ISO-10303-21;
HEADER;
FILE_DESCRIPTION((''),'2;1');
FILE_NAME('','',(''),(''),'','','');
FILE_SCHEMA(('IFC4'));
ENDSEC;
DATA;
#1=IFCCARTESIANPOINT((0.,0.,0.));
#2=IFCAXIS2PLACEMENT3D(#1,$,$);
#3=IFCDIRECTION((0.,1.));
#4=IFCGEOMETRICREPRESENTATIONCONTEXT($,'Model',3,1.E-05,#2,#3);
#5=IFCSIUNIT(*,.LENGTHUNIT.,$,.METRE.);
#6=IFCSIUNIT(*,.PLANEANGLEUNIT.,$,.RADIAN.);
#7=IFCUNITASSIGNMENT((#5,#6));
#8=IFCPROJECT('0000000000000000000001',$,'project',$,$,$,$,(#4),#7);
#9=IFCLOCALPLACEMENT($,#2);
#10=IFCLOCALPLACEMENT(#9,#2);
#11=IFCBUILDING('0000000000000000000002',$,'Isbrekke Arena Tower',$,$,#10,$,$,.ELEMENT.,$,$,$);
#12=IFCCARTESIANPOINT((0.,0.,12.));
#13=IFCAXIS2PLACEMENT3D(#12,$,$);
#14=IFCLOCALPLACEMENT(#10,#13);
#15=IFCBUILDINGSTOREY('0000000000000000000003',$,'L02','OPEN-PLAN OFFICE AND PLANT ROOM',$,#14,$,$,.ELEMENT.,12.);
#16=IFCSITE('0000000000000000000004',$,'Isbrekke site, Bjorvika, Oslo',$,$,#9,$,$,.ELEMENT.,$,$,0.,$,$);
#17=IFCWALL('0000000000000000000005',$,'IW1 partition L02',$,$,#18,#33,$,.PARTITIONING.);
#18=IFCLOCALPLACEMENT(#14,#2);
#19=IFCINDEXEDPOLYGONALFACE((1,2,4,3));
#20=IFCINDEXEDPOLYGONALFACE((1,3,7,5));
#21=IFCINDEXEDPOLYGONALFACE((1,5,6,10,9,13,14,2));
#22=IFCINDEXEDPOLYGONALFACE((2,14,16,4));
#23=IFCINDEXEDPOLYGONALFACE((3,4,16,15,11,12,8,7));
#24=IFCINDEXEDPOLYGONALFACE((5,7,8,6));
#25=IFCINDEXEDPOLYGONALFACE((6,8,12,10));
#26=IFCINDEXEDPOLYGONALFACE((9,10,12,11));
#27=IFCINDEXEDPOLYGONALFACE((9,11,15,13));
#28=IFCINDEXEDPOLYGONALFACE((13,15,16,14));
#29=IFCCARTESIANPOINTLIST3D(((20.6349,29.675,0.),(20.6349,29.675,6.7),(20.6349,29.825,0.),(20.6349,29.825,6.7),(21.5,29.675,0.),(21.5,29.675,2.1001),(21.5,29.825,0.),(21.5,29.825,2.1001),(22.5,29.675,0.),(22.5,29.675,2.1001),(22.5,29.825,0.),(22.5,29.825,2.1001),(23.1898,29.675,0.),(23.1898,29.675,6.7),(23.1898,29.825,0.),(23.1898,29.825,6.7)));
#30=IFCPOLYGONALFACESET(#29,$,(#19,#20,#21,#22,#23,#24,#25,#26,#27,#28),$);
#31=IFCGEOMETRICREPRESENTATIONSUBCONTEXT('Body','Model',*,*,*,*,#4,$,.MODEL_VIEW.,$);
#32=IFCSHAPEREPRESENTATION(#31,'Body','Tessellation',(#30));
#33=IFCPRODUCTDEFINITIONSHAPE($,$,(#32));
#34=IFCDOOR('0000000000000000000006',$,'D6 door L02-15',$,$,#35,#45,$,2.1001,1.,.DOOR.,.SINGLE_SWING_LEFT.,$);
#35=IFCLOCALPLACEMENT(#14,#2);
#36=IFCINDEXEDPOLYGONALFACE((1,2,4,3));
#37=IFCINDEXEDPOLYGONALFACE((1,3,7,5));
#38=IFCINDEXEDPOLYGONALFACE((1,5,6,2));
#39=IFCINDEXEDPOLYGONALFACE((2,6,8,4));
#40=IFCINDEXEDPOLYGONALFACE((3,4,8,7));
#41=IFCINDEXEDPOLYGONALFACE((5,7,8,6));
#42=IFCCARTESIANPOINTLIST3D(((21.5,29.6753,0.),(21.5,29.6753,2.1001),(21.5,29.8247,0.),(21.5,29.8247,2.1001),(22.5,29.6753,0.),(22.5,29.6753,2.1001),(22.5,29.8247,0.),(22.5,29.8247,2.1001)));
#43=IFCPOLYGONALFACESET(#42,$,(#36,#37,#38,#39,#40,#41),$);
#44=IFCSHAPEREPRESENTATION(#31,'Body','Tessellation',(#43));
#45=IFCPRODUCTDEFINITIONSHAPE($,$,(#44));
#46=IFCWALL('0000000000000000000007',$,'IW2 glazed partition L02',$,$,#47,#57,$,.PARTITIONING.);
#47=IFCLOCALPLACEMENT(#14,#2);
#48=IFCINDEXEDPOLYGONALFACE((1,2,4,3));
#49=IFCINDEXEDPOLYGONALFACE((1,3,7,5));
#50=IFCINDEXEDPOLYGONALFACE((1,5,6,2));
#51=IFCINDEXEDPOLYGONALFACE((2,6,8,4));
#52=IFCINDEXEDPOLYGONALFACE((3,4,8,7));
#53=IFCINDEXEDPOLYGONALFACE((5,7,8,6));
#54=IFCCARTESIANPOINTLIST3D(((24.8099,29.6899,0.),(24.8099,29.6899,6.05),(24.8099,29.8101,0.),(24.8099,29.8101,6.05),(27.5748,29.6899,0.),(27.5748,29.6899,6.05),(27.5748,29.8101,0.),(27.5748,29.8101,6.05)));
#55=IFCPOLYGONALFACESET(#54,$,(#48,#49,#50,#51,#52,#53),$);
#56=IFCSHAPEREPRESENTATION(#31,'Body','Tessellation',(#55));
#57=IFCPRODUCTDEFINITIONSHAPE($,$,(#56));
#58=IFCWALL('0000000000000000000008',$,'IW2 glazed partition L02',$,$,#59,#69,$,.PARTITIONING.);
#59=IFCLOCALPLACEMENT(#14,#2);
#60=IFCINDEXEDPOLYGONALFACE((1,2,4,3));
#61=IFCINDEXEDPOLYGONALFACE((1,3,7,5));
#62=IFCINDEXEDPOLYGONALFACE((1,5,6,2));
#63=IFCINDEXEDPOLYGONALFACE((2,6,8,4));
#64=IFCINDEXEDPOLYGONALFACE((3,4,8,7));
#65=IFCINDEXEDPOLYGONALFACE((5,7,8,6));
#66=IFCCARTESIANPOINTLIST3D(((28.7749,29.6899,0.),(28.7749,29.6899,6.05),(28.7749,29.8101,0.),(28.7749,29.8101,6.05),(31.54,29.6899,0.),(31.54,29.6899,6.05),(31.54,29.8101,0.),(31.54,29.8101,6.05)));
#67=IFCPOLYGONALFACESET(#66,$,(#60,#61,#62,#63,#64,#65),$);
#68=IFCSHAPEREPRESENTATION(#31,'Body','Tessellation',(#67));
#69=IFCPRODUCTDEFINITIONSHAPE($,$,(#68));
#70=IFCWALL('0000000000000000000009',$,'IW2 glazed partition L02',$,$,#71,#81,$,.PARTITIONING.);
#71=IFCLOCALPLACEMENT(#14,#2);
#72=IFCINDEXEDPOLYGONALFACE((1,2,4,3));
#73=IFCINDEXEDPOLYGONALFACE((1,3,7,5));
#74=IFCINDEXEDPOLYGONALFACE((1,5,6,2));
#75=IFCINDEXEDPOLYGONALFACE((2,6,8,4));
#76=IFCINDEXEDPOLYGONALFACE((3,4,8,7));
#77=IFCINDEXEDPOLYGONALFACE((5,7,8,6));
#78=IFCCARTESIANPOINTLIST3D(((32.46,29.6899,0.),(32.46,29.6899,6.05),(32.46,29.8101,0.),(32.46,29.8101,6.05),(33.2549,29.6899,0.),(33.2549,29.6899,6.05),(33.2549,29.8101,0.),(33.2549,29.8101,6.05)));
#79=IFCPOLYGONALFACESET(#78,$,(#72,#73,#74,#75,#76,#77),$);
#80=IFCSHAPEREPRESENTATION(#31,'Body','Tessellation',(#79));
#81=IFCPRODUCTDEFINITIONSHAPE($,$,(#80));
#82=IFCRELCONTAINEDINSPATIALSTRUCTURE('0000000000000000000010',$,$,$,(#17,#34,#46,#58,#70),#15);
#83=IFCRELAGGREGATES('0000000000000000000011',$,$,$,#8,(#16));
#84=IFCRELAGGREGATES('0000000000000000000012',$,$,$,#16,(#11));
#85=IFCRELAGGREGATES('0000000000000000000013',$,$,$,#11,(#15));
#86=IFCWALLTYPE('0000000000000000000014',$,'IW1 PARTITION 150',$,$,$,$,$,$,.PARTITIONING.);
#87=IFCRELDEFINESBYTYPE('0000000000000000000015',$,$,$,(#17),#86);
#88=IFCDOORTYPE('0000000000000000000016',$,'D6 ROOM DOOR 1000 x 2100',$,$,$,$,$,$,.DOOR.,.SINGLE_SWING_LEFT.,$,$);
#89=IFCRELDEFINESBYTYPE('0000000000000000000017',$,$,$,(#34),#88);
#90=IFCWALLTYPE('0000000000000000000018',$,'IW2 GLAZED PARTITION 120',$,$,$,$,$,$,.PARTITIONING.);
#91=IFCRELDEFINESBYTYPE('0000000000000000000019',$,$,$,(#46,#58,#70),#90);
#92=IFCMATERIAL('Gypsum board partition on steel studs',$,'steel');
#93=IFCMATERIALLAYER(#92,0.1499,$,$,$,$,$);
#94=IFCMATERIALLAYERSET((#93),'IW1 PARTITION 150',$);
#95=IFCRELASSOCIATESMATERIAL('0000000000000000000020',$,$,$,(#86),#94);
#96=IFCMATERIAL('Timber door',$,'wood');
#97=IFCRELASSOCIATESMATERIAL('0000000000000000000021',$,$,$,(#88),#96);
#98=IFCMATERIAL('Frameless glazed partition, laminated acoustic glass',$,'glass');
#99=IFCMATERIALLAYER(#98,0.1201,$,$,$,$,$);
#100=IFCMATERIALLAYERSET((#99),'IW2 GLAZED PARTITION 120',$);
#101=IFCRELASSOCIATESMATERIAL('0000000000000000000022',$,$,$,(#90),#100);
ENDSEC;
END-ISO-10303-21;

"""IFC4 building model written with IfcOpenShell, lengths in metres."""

from ifc_helpers import new_model, si_unit, direction, frame, frame_2d, origin, place, context, subcontext, project, spatial, rectangle, extrude, material, layer, layer_set, type_object, element, fill, save


model = new_model("IFC4")

# Units and contexts
model_context = context("Model", 3, precision=1e-05, world=origin(), true_north=direction((0.0, 1.0)))
body_context = subcontext(model_context, "Body", "Model", "MODEL_VIEW")
ifc_project = project(units=[si_unit("LENGTHUNIT", "METRE"), si_unit("PLANEANGLEUNIT", "RADIAN")], contexts=[model_context])

# Site, building, storey
site_placement = place(None, origin())
site = spatial("IfcSite", under=ifc_project, at=site_placement, Name="Isbrekke site, Bjorvika, Oslo", CompositionType="ELEMENT", RefElevation=0.0)
building_placement = place(site_placement, origin())
building = spatial("IfcBuilding", under=site, at=building_placement, Name="Isbrekke Arena Tower", CompositionType="ELEMENT")
storey_placement = place(building_placement, frame((0.0, 0.0, 12.0)))
storey = spatial("IfcBuildingStorey", under=building, at=storey_placement, Name="L02", Description="OPEN-PLAN OFFICE AND PLANT ROOM", CompositionType="ELEMENT", Elevation=12.0)

# Shared definitions
ifc_material_1 = material(Name="Gypsum board partition on steel studs", Category="steel")
ifc_layer_1 = layer(ifc_material_1, 0.1499)
ifc_layer_set_1 = layer_set([ifc_layer_1], Name="IW1 PARTITION 150")
wall_type_1 = type_object("IfcWallType", Name="IW1 PARTITION 150", PredefinedType="PARTITIONING", material=ifc_layer_set_1)

# Wall, opening, door
wall_1_placement = place(storey_placement, frame((20.635, 29.75, 0.0), z_axis=(0.0, 0.0, 1.0), x_axis=(1.0, 0.0, 0.0)))
wall_1 = element("IfcWall", 1, at=wall_1_placement, inside=storey, type_object=wall_type_1, Name="IW1 partition L02", PredefinedType="PARTITIONING", context=body_context, shape_type="SweptSolid", body=[
    extrude(rectangle(XDim=2.5549, YDim=0.1499, at=frame_2d((1.2773, 0.0))), origin(), (0.0, 0.0, 1.0), 6.7),
])
opening_placement = place(wall_1_placement, frame((0.865, 0.0, 0.0)))
opening = element("IfcOpeningElement", 2, at=opening_placement, cuts=wall_1, PredefinedType="OPENING", context=body_context, shape_type="SweptSolid", body=[
    extrude(rectangle(XDim=1.0, YDim=2.1001, at=frame_2d((0.5, 1.05))), frame((0.0, 0.0898, 0.0), z_axis=(0.0, -1.0, 0.0), x_axis=(1.0, 0.0, 0.0)), (0.0, 0.0, 1.0), 0.1797),
])
ifc_material_2 = material(Name="Timber door", Category="wood")
door_type = type_object("IfcDoorType", Name="D6 ROOM DOOR 1000 x 2100", OperationType="SINGLE_SWING_LEFT", PredefinedType="DOOR", material=ifc_material_2)
door_placement = place(opening_placement, origin())
door = element("IfcDoor", 3, at=door_placement, inside=storey, type_object=door_type, Name="D6 door L02-15", OperationType="SINGLE_SWING_LEFT", OverallHeight=2.1001, OverallWidth=1.0, PredefinedType="DOOR", context=body_context, shape_type="SweptSolid", body=[
    extrude(rectangle(XDim=1.0, YDim=2.1001, at=frame_2d((0.5, 1.05))), frame((0.0, 0.0747, 0.0), z_axis=(0.0, -1.0, 0.0), x_axis=(1.0, 0.0, 0.0)), (0.0, 0.0, 1.0), 0.1494),
])
fill(opening, door)

# Walls
ifc_material_3 = material(Name="Frameless glazed partition, laminated acoustic glass", Category="glass")
ifc_layer_2 = layer(ifc_material_3, 0.1201)
ifc_layer_set_2 = layer_set([ifc_layer_2], Name="IW2 GLAZED PARTITION 120")
wall_type_2 = type_object("IfcWallType", Name="IW2 GLAZED PARTITION 120", PredefinedType="PARTITIONING", material=ifc_layer_set_2)
wall_2_placement = place(storey_placement, frame((24.8101, 29.75, 0.0), z_axis=(0.0, 0.0, 1.0), x_axis=(1.0, 0.0, 0.0)))
element("IfcWall", 4, at=wall_2_placement, inside=storey, type_object=wall_type_2, Name="IW2 glazed partition L02", PredefinedType="PARTITIONING", context=body_context, shape_type="SweptSolid", body=[
    extrude(rectangle(XDim=2.7649, YDim=0.1201, at=frame_2d((1.3823, 0.0))), origin(), (0.0, 0.0, 1.0), 6.05),
])
wall_3_placement = place(storey_placement, frame((28.7749, 29.75, 0.0), z_axis=(0.0, 0.0, 1.0), x_axis=(1.0, 0.0, 0.0)))
element("IfcWall", 5, at=wall_3_placement, inside=storey, type_object=wall_type_2, Name="IW2 glazed partition L02", PredefinedType="PARTITIONING", context=body_context, shape_type="SweptSolid", body=[
    extrude(rectangle(XDim=2.7651, YDim=0.1201, at=frame_2d((1.3826, 0.0))), origin(), (0.0, 0.0, 1.0), 6.05),
])
wall_4_placement = place(storey_placement, frame((32.46, 29.75, 0.0), z_axis=(0.0, 0.0, 1.0), x_axis=(1.0, 0.0, 0.0)))
element("IfcWall", 6, at=wall_4_placement, inside=storey, type_object=wall_type_2, Name="IW2 glazed partition L02", PredefinedType="PARTITIONING", context=body_context, shape_type="SweptSolid", body=[
    extrude(rectangle(XDim=0.7949, YDim=0.1201, at=frame_2d((0.3975, 0.0))), origin(), (0.0, 0.0, 1.0), 6.05),
])

save(model, "model.ifc")
